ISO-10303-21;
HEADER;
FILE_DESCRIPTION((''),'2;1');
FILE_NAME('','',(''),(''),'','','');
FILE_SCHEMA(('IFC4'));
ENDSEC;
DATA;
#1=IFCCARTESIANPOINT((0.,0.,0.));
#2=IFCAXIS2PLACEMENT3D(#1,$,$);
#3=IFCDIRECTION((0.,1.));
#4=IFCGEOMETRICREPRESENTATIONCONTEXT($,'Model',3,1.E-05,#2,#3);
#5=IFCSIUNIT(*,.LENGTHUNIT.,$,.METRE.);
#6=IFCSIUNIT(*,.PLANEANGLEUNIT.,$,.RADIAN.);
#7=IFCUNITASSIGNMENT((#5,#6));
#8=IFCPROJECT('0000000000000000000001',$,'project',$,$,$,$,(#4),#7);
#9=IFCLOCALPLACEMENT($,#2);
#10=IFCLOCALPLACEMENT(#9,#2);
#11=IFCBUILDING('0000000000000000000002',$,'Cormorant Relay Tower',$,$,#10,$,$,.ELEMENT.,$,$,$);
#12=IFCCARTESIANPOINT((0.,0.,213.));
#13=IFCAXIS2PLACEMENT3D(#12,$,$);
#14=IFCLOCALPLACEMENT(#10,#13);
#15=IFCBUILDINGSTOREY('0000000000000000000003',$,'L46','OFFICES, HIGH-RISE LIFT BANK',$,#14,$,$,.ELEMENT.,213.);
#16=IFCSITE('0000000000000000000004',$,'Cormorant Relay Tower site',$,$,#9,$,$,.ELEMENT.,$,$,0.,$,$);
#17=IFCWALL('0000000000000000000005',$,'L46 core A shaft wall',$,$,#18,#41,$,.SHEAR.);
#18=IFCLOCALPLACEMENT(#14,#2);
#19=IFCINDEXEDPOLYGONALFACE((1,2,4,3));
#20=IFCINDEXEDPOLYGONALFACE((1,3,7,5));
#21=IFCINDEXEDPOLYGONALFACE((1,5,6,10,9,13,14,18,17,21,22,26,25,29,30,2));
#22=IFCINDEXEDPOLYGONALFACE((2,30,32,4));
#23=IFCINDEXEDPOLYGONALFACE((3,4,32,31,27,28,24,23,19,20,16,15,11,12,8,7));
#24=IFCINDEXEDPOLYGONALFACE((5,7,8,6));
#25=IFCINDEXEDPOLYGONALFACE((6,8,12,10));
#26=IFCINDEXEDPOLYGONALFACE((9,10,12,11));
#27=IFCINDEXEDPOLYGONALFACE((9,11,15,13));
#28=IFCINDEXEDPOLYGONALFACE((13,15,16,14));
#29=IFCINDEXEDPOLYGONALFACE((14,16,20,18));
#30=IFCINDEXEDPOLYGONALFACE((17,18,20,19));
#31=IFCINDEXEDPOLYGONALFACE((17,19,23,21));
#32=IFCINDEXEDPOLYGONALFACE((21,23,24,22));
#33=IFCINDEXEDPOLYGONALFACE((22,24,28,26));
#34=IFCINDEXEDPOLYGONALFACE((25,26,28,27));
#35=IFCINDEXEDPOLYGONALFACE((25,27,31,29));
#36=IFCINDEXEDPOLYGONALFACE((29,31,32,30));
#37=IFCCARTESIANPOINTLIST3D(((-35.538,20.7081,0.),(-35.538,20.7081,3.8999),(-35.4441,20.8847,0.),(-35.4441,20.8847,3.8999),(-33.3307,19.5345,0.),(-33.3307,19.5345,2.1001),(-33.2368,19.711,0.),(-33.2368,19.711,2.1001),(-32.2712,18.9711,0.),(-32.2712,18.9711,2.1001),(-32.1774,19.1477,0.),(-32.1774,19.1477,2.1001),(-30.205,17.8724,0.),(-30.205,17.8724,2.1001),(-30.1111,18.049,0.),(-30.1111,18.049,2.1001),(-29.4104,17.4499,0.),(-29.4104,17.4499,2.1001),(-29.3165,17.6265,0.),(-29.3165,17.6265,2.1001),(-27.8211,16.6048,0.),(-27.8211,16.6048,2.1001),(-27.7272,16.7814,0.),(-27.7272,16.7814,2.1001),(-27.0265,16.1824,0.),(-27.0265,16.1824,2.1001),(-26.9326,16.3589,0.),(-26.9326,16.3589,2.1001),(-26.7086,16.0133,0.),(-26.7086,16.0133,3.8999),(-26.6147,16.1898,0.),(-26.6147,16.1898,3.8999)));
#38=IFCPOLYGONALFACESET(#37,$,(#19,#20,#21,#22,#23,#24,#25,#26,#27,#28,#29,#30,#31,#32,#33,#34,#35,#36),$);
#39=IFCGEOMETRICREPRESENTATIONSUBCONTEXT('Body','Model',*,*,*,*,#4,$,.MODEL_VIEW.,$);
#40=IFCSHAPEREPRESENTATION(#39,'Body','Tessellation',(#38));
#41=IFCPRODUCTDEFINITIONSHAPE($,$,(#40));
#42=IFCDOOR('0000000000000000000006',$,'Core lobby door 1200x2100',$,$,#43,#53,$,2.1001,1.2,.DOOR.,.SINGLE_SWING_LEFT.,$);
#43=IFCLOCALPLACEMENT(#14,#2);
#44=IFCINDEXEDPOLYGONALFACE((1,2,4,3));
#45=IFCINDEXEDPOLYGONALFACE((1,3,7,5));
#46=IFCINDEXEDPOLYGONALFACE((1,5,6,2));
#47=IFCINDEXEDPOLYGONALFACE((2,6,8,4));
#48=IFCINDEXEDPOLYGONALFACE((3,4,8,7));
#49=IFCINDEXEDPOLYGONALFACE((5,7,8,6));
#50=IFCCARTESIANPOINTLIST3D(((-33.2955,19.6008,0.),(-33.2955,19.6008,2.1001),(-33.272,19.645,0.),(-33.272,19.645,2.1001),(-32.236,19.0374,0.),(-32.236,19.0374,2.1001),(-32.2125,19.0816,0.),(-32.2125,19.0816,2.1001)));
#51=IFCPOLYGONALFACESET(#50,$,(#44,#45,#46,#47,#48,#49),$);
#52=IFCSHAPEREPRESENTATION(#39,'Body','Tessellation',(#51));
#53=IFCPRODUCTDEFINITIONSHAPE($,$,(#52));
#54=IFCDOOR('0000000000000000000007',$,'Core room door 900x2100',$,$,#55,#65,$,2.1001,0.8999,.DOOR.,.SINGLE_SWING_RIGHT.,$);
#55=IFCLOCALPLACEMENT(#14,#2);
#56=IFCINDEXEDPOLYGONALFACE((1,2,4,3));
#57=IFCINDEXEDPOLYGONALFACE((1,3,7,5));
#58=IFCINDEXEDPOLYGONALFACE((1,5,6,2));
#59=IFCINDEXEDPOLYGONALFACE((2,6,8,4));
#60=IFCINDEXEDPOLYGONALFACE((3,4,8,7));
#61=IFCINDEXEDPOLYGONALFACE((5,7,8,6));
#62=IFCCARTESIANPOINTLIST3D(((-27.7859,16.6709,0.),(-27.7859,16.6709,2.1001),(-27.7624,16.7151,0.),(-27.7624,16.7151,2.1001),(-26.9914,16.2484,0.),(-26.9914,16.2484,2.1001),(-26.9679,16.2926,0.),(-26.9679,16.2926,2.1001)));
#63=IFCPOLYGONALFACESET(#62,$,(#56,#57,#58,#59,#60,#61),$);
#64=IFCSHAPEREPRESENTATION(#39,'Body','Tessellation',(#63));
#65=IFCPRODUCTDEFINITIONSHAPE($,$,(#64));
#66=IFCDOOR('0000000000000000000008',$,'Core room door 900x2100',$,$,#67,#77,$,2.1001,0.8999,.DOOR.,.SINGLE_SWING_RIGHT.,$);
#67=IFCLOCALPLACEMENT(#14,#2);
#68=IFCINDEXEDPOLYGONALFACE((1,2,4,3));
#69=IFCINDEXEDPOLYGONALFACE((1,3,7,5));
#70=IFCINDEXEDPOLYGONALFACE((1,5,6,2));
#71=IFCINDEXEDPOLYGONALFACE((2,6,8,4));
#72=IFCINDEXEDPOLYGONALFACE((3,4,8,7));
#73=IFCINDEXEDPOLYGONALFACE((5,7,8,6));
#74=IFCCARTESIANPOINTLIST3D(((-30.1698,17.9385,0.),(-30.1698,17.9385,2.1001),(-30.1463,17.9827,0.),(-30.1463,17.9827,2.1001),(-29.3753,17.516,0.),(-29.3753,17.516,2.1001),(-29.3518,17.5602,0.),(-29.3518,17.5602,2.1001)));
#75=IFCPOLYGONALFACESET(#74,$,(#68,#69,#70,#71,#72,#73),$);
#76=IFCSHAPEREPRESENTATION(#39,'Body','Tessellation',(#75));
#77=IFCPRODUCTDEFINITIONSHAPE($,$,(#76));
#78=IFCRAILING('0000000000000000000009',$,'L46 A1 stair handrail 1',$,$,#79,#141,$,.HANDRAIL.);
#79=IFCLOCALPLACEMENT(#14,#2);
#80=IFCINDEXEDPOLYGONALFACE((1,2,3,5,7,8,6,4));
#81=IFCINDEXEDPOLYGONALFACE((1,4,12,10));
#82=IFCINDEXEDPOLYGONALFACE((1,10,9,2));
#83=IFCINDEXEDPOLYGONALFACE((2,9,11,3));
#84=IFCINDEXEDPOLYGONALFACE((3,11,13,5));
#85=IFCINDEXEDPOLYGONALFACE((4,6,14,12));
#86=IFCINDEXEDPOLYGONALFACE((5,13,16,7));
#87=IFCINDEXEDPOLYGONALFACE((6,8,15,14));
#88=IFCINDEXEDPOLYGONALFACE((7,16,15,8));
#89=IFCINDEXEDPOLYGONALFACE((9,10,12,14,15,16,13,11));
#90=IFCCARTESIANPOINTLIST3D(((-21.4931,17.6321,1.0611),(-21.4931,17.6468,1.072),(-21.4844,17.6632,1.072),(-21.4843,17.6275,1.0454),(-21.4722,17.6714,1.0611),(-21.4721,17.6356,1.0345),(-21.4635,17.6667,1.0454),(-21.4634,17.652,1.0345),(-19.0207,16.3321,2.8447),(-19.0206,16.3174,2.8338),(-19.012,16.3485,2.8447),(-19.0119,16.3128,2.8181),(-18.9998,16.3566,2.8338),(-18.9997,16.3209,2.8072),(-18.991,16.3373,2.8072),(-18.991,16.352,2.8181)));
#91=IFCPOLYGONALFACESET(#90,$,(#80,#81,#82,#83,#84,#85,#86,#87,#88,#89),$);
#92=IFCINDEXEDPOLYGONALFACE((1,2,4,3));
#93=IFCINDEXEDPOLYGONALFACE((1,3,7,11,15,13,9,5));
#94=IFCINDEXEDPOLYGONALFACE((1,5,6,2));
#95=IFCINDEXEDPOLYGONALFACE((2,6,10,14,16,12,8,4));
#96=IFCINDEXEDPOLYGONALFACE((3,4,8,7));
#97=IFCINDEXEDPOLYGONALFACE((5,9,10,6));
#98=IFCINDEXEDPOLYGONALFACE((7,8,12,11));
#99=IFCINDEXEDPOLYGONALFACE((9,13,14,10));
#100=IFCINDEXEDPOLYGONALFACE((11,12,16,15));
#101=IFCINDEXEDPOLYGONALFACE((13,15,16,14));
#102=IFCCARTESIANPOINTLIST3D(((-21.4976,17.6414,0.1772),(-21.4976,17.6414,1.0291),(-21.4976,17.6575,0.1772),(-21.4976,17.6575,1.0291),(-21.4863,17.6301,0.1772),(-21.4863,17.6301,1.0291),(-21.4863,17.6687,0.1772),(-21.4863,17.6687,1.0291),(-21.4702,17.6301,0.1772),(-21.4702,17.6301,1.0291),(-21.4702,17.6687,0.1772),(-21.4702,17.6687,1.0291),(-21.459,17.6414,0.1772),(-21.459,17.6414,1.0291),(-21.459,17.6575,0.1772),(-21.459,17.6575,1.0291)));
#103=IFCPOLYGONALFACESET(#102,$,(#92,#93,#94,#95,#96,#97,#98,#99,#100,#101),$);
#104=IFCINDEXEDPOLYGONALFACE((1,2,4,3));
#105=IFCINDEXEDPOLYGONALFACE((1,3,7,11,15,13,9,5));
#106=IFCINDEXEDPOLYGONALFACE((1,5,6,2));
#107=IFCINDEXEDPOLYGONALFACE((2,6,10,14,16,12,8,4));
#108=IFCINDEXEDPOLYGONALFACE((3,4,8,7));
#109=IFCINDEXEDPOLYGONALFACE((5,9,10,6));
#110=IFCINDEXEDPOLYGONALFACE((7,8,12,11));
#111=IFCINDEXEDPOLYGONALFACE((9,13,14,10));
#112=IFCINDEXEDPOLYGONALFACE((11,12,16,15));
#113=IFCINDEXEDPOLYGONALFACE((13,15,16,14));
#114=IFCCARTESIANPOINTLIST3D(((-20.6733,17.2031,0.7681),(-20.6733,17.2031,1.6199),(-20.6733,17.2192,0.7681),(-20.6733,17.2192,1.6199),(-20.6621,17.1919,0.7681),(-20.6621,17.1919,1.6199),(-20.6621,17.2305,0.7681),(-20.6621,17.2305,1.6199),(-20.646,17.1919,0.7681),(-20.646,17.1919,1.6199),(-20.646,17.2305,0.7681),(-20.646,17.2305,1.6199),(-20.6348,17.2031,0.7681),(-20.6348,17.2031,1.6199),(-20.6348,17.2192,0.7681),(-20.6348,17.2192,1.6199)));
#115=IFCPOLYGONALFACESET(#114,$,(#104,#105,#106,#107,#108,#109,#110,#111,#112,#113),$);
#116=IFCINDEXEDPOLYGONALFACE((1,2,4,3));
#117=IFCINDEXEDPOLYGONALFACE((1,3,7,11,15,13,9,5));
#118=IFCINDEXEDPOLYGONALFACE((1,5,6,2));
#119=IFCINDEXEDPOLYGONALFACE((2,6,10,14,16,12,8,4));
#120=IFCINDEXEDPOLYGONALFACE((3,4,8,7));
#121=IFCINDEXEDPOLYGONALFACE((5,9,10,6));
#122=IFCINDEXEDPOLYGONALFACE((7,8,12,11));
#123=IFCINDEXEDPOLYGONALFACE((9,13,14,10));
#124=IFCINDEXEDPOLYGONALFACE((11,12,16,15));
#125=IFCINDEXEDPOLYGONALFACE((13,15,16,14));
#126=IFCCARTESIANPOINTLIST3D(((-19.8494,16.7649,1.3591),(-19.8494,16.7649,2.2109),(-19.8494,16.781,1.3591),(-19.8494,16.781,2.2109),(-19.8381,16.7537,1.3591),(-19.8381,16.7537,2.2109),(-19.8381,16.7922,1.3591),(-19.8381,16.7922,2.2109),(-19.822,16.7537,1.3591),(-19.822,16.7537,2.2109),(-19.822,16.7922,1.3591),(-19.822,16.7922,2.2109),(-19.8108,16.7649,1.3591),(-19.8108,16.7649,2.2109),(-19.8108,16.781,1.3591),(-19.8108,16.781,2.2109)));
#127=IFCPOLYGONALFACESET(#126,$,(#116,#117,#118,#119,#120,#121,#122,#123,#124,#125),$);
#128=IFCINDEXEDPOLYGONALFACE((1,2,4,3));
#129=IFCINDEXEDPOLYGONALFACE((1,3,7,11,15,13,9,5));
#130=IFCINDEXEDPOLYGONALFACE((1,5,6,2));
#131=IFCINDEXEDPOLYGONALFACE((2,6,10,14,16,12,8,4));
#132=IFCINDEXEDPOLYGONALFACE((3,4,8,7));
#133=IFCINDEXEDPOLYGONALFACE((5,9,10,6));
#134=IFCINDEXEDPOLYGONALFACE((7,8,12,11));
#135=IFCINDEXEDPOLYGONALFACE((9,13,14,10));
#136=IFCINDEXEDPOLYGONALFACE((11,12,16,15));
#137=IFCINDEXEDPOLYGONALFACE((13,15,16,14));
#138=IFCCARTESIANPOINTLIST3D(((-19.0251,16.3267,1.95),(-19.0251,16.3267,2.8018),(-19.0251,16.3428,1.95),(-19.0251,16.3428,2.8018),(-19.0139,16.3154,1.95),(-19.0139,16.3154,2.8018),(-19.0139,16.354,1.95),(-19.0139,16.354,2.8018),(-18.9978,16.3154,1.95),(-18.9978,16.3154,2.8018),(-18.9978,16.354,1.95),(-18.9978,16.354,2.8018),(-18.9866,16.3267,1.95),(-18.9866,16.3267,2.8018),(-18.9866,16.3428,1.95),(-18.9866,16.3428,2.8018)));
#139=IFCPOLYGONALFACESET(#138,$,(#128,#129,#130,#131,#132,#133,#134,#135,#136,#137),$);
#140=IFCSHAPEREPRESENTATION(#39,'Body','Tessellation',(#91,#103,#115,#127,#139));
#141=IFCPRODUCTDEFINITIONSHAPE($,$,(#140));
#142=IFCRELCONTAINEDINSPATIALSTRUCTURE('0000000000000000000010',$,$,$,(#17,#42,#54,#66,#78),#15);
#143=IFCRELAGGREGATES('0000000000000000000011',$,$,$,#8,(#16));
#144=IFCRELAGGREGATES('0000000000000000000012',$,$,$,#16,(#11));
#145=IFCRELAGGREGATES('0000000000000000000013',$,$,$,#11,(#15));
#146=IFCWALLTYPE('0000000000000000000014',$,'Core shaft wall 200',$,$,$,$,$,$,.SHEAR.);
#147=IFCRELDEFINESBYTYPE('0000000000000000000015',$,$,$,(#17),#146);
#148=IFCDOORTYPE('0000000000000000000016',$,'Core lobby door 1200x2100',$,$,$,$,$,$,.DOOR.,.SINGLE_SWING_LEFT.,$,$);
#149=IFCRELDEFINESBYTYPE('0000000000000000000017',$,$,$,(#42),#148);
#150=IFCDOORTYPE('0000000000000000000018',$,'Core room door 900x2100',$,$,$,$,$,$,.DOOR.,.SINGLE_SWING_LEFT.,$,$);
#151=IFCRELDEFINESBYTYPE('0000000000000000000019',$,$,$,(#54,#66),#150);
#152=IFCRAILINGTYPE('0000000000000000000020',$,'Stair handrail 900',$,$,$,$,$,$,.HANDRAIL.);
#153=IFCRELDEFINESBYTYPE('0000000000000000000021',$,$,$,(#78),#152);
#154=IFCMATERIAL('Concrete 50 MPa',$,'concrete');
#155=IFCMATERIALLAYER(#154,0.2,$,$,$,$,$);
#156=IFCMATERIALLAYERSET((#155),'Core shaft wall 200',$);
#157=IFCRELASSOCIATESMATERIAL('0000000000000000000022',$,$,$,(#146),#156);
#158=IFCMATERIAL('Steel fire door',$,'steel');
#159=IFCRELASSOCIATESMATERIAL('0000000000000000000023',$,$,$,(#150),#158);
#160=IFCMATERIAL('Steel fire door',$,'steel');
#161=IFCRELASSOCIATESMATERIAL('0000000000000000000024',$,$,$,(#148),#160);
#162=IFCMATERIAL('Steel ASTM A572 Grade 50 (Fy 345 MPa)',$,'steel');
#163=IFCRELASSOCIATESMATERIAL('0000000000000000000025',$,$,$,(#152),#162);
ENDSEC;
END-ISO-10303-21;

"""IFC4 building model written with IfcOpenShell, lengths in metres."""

from ifc_helpers import new_model, si_unit, direction, frame, frame_2d, origin, place, context, subcontext, project, spatial, polyline, rectangle, outline, extrude, material, layer, layer_set, type_object, element, fill, save


model = new_model("IFC4")

# Units and contexts
model_context = context("Model", 3, precision=1e-05, world=origin(), true_north=direction((0.0, 1.0)))
body_context = subcontext(model_context, "Body", "Model", "MODEL_VIEW")
ifc_project = project(units=[si_unit("LENGTHUNIT", "METRE"), si_unit("PLANEANGLEUNIT", "RADIAN")], contexts=[model_context])

# Site, building, storey
site_placement = place(None, origin())
site = spatial("IfcSite", under=ifc_project, at=site_placement, Name="Cormorant Relay Tower site", CompositionType="ELEMENT", RefElevation=0.0)
building_placement = place(site_placement, origin())
building = spatial("IfcBuilding", under=site, at=building_placement, Name="Cormorant Relay Tower", CompositionType="ELEMENT")
storey_placement = place(building_placement, frame((0.0, 0.0, 213.0)))
storey = spatial("IfcBuildingStorey", under=building, at=storey_placement, Name="L46", Description="OFFICES, HIGH-RISE LIFT BANK", CompositionType="ELEMENT", Elevation=213.0)

# Shared definitions
ifc_material_1 = material(Name="Concrete 50 MPa", Category="concrete")
ifc_layer_1 = layer(ifc_material_1, 0.2)
ifc_layer_set_1 = layer_set([ifc_layer_1], Name="Core shaft wall 200")
wall_type_1 = type_object("IfcWallType", Name="Core shaft wall 200", PredefinedType="SHEAR", material=ifc_layer_set_1)

# Shared definitions
ifc_material_2 = material(Name="Steel fire door", Category="steel")
door_type_1 = type_object("IfcDoorType", Name="Core room door 900x2100", OperationType="SINGLE_SWING_LEFT", PredefinedType="DOOR", material=ifc_material_2)

# Wall, openings, doors
wall_1_placement = place(storey_placement, frame((-26.6616, 16.1016, 0.0), z_axis=(0.0, 0.0, 1.0), x_axis=(-0.88294, 0.469485, 0.0)))
wall_1 = element("IfcWall", 1, at=wall_1_placement, inside=storey, type_object=wall_type_1, Name="L46 core A shaft wall", PredefinedType="SHEAR", context=body_context, shape_type="SweptSolid", body=[
    extrude(rectangle(XDim=10.0, YDim=0.2, at=frame_2d((5.0, 0.0))), origin(), (0.0, 0.0, 1.0), 3.8999),
])
opening_1_placement = place(wall_1_placement, frame((6.3, 0.0, 0.0)))
opening_1 = element("IfcOpeningElement", 2, at=opening_1_placement, cuts=wall_1, PredefinedType="OPENING", context=body_context, shape_type="SweptSolid", body=[
    extrude(rectangle(XDim=1.2, YDim=2.1001, at=frame_2d((0.6001, 1.05))), frame((0.0, 0.1099, 0.0), z_axis=(0.0, -1.0, 0.0), x_axis=(1.0, 0.0, 0.0)), (0.0, 0.0, 1.0), 0.22),
])
opening_2_placement = place(wall_1_placement, frame((0.3601, 0.0, 0.0)))
opening_2 = element("IfcOpeningElement", 3, at=opening_2_placement, cuts=wall_1, PredefinedType="OPENING", context=body_context, shape_type="SweptSolid", body=[
    extrude(rectangle(XDim=0.8999, YDim=2.1001, at=frame_2d((0.45, 1.05))), frame((0.0, 0.1099, 0.0), z_axis=(0.0, -1.0, 0.0), x_axis=(1.0, 0.0, 0.0)), (0.0, 0.0, 1.0), 0.22),
])
opening_3_placement = place(wall_1_placement, frame((3.0601, 0.0, 0.0)))
opening_3 = element("IfcOpeningElement", 4, at=opening_3_placement, cuts=wall_1, PredefinedType="OPENING", context=body_context, shape_type="SweptSolid", body=[
    extrude(rectangle(XDim=0.8999, YDim=2.1001, at=frame_2d((0.45, 1.05))), frame((0.0, 0.1099, 0.0), z_axis=(0.0, -1.0, 0.0), x_axis=(1.0, 0.0, 0.0)), (0.0, 0.0, 1.0), 0.22),
])
ifc_material_3 = material(Name="Steel fire door", Category="steel")
door_type_2 = type_object("IfcDoorType", Name="Core lobby door 1200x2100", OperationType="SINGLE_SWING_LEFT", PredefinedType="DOOR", material=ifc_material_3)
door_1_placement = place(opening_1_placement, origin())
door_1 = element("IfcDoor", 5, at=door_1_placement, inside=storey, type_object=door_type_2, Name="Core lobby door 1200x2100", OperationType="SINGLE_SWING_LEFT", OverallHeight=2.1001, OverallWidth=1.2, PredefinedType="DOOR", context=body_context, shape_type="SweptSolid", body=[
    extrude(rectangle(XDim=1.2, YDim=2.1001, at=frame_2d((0.6001, 1.05))), frame((0.0, 0.0249, 0.0), z_axis=(0.0, -1.0, 0.0), x_axis=(1.0, 0.0, 0.0)), (0.0, 0.0, 1.0), 0.05),
])
fill(opening_1, door_1)
door_2_placement = place(opening_2_placement, frame((0.8999, 0.0, 0.0), z_axis=(0.0, 0.0, 1.0), x_axis=(-1.0, 0.0, 0.0)))
door_2 = element("IfcDoor", 6, at=door_2_placement, inside=storey, type_object=door_type_1, Name="Core room door 900x2100", OperationType="SINGLE_SWING_RIGHT", OverallHeight=2.1001, OverallWidth=0.8999, PredefinedType="DOOR", context=body_context, shape_type="SweptSolid", body=[
    extrude(rectangle(XDim=0.8999, YDim=2.1001, at=frame_2d((0.45, 1.05))), frame((0.0, 0.0249, 0.0), z_axis=(0.0, -1.0, 0.0), x_axis=(1.0, 0.0, 0.0)), (0.0, 0.0, 1.0), 0.05),
])
fill(opening_2, door_2)
door_3_placement = place(opening_3_placement, frame((0.8999, 0.0, 0.0), z_axis=(0.0, 0.0, 1.0), x_axis=(-1.0, 0.0, 0.0)))
door_3 = element("IfcDoor", 7, at=door_3_placement, inside=storey, type_object=door_type_1, Name="Core room door 900x2100", OperationType="SINGLE_SWING_RIGHT", OverallHeight=2.1001, OverallWidth=0.8999, PredefinedType="DOOR", context=body_context, shape_type="SweptSolid", body=[
    extrude(rectangle(XDim=0.8999, YDim=2.1001, at=frame_2d((0.45, 1.05))), frame((0.0, 0.0249, 0.0), z_axis=(0.0, -1.0, 0.0), x_axis=(1.0, 0.0, 0.0)), (0.0, 0.0, 1.0), 0.05),
])
fill(opening_3, door_3)

# Railing
ifc_material_4 = material(Name="Steel ASTM A572 Grade 50 (Fy 345 MPa)", Category="steel")
railing_type = type_object("IfcRailingType", Name="Stair handrail 900", PredefinedType="HANDRAIL", material=ifc_material_4)
railing_placement = place(storey_placement, frame((-21.4783, 17.6494, 0.1772)))
element("IfcRailing", 8, at=railing_placement, inside=storey, type_object=railing_type, Name="L46 A1 stair handrail 1", PredefinedType="HANDRAIL", context=body_context, shape_type="SweptSolid", body=[
    extrude(outline(polyline([(0.0222, 0.0093), (0.0093, 0.0222), (-0.0093, 0.0222), (-0.0222, 0.0093), (-0.0222, -0.0093), (-0.0093, -0.0222), (0.0093, -0.0222), (0.0222, -0.0093), (0.0222, 0.0093)])), frame((0.0, 0.0, 0.876), z_axis=(0.746012, -0.39669, 0.534886), x_axis=(0.469497, 0.882934, 0.0)), (0.0, 0.0, 1.0), 3.3142),
    extrude(outline(polyline([(0.0193, 0.0081), (0.0081, 0.0193), (-0.0081, 0.0193), (-0.0193, 0.0081), (-0.0193, -0.0081), (-0.0081, -0.0193), (0.0081, -0.0193), (0.0193, -0.0081), (0.0193, 0.0081)])), origin(), (0.0, 0.0, 1.0), 0.8518),
    extrude(outline(polyline([(0.0193, 0.0081), (0.0081, 0.0193), (-0.0081, 0.0193), (-0.0193, 0.0081), (-0.0193, -0.0081), (-0.0081, -0.0193), (0.0081, -0.0193), (0.0193, -0.0081), (0.0193, 0.0081)])), frame((0.8242, -0.4382, 0.5908)), (0.0, 0.0, 1.0), 0.8518),
    extrude(outline(polyline([(0.0193, 0.0081), (0.0081, 0.0193), (-0.0081, 0.0193), (-0.0193, 0.0081), (-0.0193, -0.0081), (-0.0081, -0.0193), (0.0081, -0.0193), (0.0193, -0.0081), (0.0193, 0.0081)])), frame((1.6482, -0.8765, 1.1819)), (0.0, 0.0, 1.0), 0.8518),
    extrude(outline(polyline([(0.0193, 0.0081), (0.0081, 0.0193), (-0.0081, 0.0193), (-0.0193, 0.0081), (-0.0193, -0.0081), (-0.0081, -0.0193), (0.0081, -0.0193), (0.0193, -0.0081), (0.0193, 0.0081)])), frame((2.4724, -1.3147, 1.7727)), (0.0, 0.0, 1.0), 0.8518),
])

save(model, "model.ifc")
